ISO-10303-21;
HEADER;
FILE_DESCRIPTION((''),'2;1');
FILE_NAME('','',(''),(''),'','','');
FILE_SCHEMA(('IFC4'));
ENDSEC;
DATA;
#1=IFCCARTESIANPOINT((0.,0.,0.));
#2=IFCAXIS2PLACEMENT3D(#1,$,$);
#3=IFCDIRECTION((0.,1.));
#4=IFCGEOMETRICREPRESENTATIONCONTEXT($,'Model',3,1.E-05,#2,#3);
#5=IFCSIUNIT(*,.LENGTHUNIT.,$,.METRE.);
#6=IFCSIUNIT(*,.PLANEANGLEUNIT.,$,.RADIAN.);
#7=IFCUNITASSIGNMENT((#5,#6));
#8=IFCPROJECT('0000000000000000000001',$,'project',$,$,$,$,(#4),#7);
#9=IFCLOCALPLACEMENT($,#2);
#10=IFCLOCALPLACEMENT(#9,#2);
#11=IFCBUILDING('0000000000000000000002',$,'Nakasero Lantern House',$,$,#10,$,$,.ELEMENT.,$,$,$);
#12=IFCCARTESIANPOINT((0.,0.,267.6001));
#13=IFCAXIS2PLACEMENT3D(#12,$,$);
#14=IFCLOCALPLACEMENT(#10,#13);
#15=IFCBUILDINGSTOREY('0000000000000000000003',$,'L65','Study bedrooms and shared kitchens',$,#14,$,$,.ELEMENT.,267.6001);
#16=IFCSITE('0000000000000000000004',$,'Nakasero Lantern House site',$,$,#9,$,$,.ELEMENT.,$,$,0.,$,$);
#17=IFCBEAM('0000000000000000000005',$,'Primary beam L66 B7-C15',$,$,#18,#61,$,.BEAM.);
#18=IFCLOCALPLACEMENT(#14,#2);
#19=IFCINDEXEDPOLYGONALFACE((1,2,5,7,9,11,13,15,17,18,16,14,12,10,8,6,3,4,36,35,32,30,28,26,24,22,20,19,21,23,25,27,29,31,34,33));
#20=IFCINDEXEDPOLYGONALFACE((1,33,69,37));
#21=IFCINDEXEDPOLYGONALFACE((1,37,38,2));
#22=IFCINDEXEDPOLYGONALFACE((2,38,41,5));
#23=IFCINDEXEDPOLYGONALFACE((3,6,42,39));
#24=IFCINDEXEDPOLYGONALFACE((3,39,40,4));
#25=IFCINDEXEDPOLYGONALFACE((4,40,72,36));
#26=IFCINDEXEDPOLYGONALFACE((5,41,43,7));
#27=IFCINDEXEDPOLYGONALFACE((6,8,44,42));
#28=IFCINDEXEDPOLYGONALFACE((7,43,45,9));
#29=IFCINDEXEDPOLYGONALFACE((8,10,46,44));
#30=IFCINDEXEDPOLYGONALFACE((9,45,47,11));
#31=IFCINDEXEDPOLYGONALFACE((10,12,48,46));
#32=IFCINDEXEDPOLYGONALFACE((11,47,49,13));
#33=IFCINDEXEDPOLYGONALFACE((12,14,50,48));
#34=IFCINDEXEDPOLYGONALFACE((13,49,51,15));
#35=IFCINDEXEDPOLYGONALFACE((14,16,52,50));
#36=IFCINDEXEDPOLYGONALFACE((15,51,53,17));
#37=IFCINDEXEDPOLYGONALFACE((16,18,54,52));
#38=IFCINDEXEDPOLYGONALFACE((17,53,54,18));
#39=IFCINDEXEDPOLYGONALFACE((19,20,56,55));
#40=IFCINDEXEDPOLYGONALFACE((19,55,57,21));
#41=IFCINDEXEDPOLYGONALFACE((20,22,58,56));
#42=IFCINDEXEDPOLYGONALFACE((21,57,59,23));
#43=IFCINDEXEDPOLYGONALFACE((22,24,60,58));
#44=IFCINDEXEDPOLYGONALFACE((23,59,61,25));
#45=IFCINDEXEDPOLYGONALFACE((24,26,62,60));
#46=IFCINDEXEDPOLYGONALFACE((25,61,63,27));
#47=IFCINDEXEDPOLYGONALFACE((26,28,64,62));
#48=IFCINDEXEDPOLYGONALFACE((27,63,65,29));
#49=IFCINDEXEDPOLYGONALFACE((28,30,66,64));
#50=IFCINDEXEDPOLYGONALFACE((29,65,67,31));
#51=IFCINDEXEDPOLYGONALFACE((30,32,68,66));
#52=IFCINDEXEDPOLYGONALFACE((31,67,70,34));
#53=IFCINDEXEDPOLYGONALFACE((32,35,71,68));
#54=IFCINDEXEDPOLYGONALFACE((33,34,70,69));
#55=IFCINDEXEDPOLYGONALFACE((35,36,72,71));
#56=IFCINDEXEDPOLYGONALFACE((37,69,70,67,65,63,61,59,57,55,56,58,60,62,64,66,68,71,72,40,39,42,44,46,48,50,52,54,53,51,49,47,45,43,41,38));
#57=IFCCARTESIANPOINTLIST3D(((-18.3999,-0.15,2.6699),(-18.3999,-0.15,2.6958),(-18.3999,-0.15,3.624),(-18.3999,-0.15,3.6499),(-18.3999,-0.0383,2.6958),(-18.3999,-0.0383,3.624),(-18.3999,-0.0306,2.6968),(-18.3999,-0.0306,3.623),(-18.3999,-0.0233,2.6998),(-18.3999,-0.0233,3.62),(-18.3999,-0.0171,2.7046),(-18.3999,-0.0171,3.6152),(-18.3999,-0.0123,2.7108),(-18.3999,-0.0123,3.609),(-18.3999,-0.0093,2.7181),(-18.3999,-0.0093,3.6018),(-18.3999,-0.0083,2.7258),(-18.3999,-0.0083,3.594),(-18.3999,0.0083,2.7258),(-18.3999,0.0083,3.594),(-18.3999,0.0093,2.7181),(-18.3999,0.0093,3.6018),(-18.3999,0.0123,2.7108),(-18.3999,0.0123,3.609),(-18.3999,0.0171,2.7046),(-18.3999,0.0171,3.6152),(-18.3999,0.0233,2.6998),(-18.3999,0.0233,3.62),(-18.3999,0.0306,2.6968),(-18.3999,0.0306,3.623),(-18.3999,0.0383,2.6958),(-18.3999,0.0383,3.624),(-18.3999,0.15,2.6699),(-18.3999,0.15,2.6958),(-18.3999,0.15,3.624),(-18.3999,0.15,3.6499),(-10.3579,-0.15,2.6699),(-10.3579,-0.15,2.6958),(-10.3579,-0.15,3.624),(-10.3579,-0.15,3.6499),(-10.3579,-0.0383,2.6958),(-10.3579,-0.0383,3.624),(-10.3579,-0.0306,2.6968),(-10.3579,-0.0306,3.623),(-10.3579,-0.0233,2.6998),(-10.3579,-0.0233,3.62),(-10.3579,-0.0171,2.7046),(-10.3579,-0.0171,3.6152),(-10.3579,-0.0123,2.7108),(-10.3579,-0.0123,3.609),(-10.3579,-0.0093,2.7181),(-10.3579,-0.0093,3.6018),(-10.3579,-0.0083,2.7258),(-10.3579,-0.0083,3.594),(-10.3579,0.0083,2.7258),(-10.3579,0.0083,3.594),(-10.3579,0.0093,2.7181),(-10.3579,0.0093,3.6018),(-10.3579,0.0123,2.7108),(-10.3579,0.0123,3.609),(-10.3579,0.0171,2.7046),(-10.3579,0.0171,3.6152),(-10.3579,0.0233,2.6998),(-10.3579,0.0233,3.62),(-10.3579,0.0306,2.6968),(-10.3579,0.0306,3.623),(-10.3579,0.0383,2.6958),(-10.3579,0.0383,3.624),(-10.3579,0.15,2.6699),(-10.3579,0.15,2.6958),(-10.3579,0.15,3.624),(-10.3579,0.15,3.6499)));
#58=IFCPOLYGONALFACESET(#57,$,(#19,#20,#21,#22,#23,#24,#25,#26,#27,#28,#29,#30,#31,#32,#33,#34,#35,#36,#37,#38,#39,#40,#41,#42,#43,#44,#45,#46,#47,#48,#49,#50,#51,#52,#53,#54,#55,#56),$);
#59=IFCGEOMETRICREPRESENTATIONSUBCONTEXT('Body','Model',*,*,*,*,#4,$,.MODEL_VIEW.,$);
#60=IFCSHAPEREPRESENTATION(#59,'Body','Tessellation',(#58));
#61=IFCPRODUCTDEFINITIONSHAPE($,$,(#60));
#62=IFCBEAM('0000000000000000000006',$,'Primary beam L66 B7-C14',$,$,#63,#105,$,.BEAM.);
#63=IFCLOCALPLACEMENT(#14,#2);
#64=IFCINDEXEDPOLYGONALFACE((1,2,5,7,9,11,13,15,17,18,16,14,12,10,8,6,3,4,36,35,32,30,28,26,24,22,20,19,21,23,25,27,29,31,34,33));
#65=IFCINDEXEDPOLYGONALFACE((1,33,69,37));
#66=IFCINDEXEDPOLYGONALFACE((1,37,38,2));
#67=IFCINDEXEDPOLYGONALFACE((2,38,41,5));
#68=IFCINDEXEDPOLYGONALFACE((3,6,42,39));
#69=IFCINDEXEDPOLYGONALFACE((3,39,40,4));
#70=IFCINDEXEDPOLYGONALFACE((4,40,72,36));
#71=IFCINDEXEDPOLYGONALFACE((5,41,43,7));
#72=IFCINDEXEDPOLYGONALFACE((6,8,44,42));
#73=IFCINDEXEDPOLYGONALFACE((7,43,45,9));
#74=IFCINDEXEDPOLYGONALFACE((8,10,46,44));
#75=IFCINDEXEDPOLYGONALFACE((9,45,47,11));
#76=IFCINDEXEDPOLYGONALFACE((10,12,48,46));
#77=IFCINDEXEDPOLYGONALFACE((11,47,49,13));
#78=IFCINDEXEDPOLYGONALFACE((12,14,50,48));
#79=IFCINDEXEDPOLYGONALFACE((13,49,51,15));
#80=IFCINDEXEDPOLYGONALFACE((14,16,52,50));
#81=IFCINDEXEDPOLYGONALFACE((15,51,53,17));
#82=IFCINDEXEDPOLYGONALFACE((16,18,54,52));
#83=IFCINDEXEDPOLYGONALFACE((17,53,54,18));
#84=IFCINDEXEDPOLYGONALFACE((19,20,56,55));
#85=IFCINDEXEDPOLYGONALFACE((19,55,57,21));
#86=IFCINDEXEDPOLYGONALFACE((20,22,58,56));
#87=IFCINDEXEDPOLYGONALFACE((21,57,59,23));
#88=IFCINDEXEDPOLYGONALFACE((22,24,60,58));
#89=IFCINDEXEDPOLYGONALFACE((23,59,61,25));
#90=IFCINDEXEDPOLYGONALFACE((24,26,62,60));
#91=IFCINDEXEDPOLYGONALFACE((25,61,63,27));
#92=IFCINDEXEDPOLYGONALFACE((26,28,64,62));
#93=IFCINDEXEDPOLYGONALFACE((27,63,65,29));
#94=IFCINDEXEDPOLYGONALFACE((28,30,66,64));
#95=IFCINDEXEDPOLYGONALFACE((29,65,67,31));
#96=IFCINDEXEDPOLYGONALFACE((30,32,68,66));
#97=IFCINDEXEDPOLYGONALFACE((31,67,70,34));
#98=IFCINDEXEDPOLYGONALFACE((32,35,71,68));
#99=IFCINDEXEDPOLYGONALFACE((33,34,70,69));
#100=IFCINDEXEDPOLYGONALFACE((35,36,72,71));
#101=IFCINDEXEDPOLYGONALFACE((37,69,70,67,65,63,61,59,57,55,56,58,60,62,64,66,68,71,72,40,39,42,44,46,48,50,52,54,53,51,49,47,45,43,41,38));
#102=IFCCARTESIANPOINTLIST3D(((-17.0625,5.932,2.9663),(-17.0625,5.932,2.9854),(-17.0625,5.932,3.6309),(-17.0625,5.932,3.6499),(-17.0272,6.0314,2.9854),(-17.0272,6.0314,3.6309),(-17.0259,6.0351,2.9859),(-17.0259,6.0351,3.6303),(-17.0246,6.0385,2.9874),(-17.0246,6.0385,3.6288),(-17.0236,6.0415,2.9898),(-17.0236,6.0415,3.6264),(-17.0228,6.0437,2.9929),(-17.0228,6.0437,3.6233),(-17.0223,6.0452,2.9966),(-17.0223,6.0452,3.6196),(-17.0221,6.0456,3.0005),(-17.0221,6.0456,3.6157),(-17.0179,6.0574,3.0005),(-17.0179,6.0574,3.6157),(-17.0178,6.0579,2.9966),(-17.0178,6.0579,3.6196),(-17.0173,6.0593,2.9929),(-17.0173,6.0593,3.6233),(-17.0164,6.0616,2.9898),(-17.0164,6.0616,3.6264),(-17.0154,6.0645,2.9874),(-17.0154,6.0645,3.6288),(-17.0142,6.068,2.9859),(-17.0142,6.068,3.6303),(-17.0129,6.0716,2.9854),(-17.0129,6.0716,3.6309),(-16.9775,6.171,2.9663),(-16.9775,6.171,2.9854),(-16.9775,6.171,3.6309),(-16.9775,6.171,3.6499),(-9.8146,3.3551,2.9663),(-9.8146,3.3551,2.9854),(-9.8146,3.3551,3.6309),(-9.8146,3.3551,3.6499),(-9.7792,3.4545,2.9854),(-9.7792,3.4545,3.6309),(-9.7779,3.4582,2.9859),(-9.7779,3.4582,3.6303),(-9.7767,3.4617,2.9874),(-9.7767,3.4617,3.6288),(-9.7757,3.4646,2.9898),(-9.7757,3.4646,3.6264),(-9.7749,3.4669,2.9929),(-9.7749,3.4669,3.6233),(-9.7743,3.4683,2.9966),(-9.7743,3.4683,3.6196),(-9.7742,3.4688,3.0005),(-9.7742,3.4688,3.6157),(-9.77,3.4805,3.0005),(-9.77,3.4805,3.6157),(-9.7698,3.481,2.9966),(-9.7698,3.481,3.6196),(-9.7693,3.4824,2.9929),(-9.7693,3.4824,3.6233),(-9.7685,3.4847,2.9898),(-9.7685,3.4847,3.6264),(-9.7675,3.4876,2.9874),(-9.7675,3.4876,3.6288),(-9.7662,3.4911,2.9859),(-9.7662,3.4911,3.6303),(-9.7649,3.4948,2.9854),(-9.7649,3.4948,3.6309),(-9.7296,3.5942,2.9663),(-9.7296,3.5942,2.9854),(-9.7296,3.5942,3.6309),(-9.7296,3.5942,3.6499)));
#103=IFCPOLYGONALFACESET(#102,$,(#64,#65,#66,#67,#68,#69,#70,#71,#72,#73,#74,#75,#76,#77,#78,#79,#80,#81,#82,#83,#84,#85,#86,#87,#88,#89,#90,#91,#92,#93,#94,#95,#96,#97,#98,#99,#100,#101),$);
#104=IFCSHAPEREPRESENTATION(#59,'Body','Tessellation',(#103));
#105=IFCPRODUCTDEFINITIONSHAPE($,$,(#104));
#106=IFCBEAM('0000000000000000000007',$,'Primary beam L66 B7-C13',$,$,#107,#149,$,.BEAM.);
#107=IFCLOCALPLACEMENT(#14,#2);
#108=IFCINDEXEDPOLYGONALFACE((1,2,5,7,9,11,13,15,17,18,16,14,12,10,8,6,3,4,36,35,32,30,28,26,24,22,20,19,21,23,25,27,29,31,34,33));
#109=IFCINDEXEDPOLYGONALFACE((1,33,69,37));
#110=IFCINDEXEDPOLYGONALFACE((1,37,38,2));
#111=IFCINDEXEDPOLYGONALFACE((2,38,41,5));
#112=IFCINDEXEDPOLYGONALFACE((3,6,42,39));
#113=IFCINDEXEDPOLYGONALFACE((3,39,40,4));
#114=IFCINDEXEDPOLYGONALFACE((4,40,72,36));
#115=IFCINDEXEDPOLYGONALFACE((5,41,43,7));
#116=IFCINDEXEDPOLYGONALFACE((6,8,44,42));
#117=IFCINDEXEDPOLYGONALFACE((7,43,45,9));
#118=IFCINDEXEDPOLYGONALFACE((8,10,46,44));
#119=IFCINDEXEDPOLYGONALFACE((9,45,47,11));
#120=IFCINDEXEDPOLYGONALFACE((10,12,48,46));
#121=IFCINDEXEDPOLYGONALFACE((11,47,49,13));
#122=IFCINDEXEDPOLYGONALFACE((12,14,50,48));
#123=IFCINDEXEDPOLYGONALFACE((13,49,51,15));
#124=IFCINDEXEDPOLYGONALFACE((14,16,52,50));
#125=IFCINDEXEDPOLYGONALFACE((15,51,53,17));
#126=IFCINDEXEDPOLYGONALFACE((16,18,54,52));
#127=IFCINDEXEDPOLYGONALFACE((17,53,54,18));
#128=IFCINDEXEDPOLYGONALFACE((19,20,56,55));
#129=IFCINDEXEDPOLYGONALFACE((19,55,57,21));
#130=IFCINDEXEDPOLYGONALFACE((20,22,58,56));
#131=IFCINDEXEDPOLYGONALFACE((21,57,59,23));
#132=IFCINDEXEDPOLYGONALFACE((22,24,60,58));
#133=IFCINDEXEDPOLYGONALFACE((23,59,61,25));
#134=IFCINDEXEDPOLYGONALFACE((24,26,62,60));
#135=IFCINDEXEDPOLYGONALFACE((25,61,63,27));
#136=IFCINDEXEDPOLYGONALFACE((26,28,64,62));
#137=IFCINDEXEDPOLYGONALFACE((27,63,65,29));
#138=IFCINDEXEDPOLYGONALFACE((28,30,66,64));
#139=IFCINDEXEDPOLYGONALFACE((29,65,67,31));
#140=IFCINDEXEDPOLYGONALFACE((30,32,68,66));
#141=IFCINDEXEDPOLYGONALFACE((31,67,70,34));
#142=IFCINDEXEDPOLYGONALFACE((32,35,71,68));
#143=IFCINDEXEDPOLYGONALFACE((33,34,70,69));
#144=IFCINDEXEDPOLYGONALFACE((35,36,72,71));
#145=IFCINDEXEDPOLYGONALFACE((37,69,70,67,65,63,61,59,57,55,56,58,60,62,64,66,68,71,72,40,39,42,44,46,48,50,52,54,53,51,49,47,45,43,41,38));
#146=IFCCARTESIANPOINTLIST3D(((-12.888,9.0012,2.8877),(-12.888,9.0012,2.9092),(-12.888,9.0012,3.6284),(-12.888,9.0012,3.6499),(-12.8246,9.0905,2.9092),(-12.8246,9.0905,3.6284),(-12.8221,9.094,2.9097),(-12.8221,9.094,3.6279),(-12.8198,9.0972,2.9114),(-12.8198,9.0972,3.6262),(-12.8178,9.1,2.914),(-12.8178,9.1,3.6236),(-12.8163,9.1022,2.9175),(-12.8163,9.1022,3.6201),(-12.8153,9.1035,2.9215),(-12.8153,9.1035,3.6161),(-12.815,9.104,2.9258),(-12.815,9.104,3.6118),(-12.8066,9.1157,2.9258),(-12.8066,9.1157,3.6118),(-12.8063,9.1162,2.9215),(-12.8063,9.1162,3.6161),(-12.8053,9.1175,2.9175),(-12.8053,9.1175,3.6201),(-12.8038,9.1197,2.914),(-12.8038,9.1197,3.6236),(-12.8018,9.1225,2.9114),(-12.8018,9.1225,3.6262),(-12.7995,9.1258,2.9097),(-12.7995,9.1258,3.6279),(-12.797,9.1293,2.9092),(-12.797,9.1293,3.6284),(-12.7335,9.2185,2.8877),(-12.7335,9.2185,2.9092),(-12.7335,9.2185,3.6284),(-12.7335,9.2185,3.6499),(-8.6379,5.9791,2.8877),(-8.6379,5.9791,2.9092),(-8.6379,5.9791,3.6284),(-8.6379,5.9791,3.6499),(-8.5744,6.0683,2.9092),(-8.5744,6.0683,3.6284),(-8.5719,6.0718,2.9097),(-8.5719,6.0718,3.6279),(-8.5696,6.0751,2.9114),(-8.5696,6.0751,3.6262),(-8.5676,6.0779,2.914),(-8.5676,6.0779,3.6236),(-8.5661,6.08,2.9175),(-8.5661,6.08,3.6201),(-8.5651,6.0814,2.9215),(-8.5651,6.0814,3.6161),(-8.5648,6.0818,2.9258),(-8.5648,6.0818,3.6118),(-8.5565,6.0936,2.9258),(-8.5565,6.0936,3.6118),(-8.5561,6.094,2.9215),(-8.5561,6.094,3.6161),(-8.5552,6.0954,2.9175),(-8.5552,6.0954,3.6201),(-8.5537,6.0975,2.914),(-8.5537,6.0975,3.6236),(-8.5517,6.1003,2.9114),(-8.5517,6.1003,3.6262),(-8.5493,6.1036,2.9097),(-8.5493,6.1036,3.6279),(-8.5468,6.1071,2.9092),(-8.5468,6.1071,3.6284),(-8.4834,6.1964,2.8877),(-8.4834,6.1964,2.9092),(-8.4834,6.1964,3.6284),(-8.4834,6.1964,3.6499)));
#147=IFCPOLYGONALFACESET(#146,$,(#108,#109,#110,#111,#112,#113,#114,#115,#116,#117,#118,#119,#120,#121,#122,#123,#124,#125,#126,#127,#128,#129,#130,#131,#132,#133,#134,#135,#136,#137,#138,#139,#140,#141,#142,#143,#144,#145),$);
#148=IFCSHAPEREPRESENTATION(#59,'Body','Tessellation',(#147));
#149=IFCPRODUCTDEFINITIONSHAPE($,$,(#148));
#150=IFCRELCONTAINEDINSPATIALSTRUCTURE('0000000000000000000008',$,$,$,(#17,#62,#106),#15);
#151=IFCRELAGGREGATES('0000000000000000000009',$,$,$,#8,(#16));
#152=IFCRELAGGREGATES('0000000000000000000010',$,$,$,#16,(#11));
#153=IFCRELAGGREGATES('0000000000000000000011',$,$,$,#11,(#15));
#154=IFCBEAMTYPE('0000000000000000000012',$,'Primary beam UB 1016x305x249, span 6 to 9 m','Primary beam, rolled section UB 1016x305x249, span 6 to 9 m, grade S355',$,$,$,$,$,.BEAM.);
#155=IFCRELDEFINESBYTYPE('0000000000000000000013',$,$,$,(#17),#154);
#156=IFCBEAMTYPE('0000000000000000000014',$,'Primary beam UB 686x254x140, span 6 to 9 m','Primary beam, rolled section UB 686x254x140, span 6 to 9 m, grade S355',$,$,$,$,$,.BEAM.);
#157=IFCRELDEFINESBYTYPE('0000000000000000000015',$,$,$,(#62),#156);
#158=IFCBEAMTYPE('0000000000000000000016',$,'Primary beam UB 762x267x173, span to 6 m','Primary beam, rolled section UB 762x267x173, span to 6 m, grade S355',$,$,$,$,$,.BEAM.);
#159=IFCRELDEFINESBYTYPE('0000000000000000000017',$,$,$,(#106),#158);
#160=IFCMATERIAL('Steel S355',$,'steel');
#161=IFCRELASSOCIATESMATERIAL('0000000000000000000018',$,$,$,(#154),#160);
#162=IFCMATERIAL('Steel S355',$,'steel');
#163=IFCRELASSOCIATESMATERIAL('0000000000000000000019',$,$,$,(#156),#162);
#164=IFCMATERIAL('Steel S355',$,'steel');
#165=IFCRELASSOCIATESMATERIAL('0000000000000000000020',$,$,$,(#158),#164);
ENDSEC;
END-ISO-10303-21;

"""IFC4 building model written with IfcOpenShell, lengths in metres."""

from ifc_helpers import new_model, si_unit, direction, frame, origin, origin_2d, place, context, subcontext, project, spatial, i_section, extrude, material, material_profile, profile_set, type_object, element, save


model = new_model("IFC4")

# Units and contexts
model_context = context("Model", 3, precision=1e-05, world=origin(), true_north=direction((0.0, 1.0)))
body_context = subcontext(model_context, "Body", "Model", "MODEL_VIEW")
ifc_project = project(units=[si_unit("LENGTHUNIT", "METRE"), si_unit("PLANEANGLEUNIT", "RADIAN")], contexts=[model_context])

# Site, building, storey
site_placement = place(None, origin())
site = spatial("IfcSite", under=ifc_project, at=site_placement, Name="Nakasero Lantern House site", CompositionType="ELEMENT", RefElevation=0.0)
building_placement = place(site_placement, origin())
building = spatial("IfcBuilding", under=site, at=building_placement, Name="Nakasero Lantern House", CompositionType="ELEMENT")
storey_placement = place(building_placement, frame((0.0, 0.0, 267.6001)))
storey = spatial("IfcBuildingStorey", under=building, at=storey_placement, Name="L65", Description="Study bedrooms and shared kitchens", CompositionType="ELEMENT", Elevation=267.6001)

# Beams
ifc_material_1 = material(Name="Steel S355", Category="steel")
ifc_material_profile_1 = material_profile(ifc_material_1, i_section(OverallWidth=0.3, OverallDepth=0.98, WebThickness=0.0166, FlangeThickness=0.0259, FilletRadius=0.03, at=origin_2d()), Name="UB 1016x305x249")
ifc_profile_set_1 = profile_set([ifc_material_profile_1], Name="Steel S355")
beam_type_1 = type_object("IfcBeamType", Name="Primary beam UB 1016x305x249, span 6 to 9 m", Description="Primary beam, rolled section UB 1016x305x249, span 6 to 9 m, grade S355", PredefinedType="BEAM", material=ifc_profile_set_1)
beam_1_placement = place(storey_placement, frame((-18.3999, 0.0, 3.1599), z_axis=(1.0, 0.0, 0.0), x_axis=(0.0, 1.0, 0.0)))
element("IfcBeam", 1, at=beam_1_placement, inside=storey, type_object=beam_type_1, Name="Primary beam L66 B7-C15", PredefinedType="BEAM", context=body_context, shape_type="SweptSolid", body=[
    extrude(i_section(OverallWidth=0.3, OverallDepth=0.98, WebThickness=0.0166, FlangeThickness=0.0259, FilletRadius=0.03, at=origin_2d()), origin(), (0.0, 0.0, 1.0), 8.042),
])
ifc_material_2 = material(Name="Steel S355", Category="steel")
ifc_material_profile_2 = material_profile(ifc_material_2, i_section(OverallWidth=0.2537, OverallDepth=0.6836, WebThickness=0.0125, FlangeThickness=0.019, FilletRadius=0.0151, at=origin_2d()), Name="UB 686x254x140")
ifc_profile_set_2 = profile_set([ifc_material_profile_2], Name="Steel S355")
beam_type_2 = type_object("IfcBeamType", Name="Primary beam UB 686x254x140, span 6 to 9 m", Description="Primary beam, rolled section UB 686x254x140, span 6 to 9 m, grade S355", PredefinedType="BEAM", material=ifc_profile_set_2)
beam_2_placement = place(storey_placement, frame((-17.02, 6.0515, 3.3081), z_axis=(0.942222, -0.334989, 0.0), x_axis=(0.334989, 0.942222, 0.0)))
element("IfcBeam", 2, at=beam_2_placement, inside=storey, type_object=beam_type_2, Name="Primary beam L66 B7-C14", PredefinedType="BEAM", context=body_context, shape_type="SweptSolid", body=[
    extrude(i_section(OverallWidth=0.2537, OverallDepth=0.6836, WebThickness=0.0125, FlangeThickness=0.019, FilletRadius=0.0151, at=origin_2d()), origin(), (0.0, 0.0, 1.0), 7.6924),
])
ifc_material_3 = material(Name="Steel S355", Category="steel")
ifc_material_profile_3 = material_profile(ifc_material_3, i_section(OverallWidth=0.2666, OverallDepth=0.7622, WebThickness=0.0144, FlangeThickness=0.0215, FilletRadius=0.0166, at=origin_2d()), Name="UB 762x267x173")
ifc_profile_set_3 = profile_set([ifc_material_profile_3], Name="Steel S355")
beam_type_3 = type_object("IfcBeamType", Name="Primary beam UB 762x267x173, span to 6 m", Description="Primary beam, rolled section UB 762x267x173, span to 6 m, grade S355", PredefinedType="BEAM", material=ifc_profile_set_3)
beam_3_placement = place(storey_placement, frame((-12.8108, 9.1099, 3.2688), z_axis=(0.814972, -0.579501, 0.0), x_axis=(0.579501, 0.814972, 0.0)))
element("IfcBeam", 3, at=beam_3_placement, inside=storey, type_object=beam_type_3, Name="Primary beam L66 B7-C13", PredefinedType="BEAM", context=body_context, shape_type="SweptSolid", body=[
    extrude(i_section(OverallWidth=0.2666, OverallDepth=0.7622, WebThickness=0.0144, FlangeThickness=0.0215, FilletRadius=0.0166, at=origin_2d()), origin(), (0.0, 0.0, 1.0), 5.2151),
])

save(model, "model.ifc")
